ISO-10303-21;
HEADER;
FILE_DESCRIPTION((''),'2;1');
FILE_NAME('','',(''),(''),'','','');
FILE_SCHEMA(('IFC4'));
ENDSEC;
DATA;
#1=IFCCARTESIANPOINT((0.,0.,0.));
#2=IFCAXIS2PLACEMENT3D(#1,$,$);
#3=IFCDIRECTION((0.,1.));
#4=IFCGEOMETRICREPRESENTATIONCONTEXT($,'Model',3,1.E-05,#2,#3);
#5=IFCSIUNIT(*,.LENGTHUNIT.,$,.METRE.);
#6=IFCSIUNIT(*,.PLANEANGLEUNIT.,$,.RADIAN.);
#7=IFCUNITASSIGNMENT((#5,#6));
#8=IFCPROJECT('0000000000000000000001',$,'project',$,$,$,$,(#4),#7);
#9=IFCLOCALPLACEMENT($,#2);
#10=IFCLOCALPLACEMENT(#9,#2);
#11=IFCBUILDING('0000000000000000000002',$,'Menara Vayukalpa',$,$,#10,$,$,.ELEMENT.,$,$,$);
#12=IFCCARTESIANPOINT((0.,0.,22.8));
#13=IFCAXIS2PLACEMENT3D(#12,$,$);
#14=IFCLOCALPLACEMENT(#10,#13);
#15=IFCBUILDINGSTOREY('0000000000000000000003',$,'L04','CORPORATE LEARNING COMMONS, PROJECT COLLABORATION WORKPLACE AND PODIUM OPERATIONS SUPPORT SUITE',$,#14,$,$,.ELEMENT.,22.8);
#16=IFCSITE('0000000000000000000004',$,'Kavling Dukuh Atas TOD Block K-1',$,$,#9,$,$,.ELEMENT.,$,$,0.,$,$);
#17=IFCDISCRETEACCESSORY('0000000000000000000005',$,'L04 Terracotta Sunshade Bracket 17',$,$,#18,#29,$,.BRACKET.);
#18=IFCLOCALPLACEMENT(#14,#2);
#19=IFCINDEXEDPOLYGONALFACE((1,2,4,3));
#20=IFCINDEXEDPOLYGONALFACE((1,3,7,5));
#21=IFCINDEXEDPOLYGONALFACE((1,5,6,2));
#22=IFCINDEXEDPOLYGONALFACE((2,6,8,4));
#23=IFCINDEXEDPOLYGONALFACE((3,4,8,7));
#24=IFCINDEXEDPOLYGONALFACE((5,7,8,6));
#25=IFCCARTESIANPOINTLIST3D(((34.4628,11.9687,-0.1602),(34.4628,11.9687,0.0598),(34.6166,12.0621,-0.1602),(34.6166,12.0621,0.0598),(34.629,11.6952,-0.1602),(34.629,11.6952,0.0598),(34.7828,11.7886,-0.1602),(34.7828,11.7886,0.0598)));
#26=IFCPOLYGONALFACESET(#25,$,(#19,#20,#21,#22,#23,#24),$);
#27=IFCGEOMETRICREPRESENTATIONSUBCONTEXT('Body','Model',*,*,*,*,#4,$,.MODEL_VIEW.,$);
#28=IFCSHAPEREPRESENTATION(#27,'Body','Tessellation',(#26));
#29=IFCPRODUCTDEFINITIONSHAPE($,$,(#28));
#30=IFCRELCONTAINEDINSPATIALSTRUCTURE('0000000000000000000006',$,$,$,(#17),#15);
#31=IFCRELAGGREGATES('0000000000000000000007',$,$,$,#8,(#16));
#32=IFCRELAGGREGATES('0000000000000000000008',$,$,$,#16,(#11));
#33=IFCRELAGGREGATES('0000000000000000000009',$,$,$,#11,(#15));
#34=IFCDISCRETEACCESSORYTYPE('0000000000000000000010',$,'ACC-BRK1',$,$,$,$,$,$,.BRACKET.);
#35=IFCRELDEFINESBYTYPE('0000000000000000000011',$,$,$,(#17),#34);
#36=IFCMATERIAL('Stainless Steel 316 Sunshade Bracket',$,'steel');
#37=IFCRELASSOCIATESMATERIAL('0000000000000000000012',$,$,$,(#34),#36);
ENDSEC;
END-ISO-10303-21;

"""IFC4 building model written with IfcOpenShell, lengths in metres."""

from ifc_helpers import new_model, si_unit, direction, frame, origin, origin_2d, place, context, subcontext, project, spatial, rectangle, extrude, material, type_object, element, save


model = new_model("IFC4")

# Units and contexts
model_context = context("Model", 3, precision=1e-05, world=origin(), true_north=direction((0.0, 1.0)))
body_context = subcontext(model_context, "Body", "Model", "MODEL_VIEW")
ifc_project = project(units=[si_unit("LENGTHUNIT", "METRE"), si_unit("PLANEANGLEUNIT", "RADIAN")], contexts=[model_context])

# Site, building, storey
site_placement = place(None, origin())
site = spatial("IfcSite", under=ifc_project, at=site_placement, Name="Kavling Dukuh Atas TOD Block K-1", CompositionType="ELEMENT", RefElevation=0.0)
building_placement = place(site_placement, origin())
building = spatial("IfcBuilding", under=site, at=building_placement, Name="Menara Vayukalpa", CompositionType="ELEMENT")
storey_placement = place(building_placement, frame((0.0, 0.0, 22.8)))
storey = spatial("IfcBuildingStorey", under=building, at=storey_placement, Name="L04", Description="CORPORATE LEARNING COMMONS, PROJECT COLLABORATION WORKPLACE AND PODIUM OPERATIONS SUPPORT SUITE", CompositionType="ELEMENT", Elevation=22.8)

# Discrete accessory
ifc_material_1 = material(Name="Stainless Steel 316 Sunshade Bracket", Category="steel")
discrete_accessory_type = type_object("IfcDiscreteAccessoryType", Name="ACC-BRK1", PredefinedType="BRACKET", material=ifc_material_1)
discrete_accessory_placement = place(storey_placement, frame((34.6228, 11.8787, -0.1602), z_axis=(0.0, 0.0, 1.0), x_axis=(0.854667, 0.519176, 0.0)))
element("IfcDiscreteAccessory", 1, at=discrete_accessory_placement, inside=storey, type_object=discrete_accessory_type, Name="L04 Terracotta Sunshade Bracket 17", PredefinedType="BRACKET", context=body_context, shape_type="SweptSolid", body=[
    extrude(rectangle(XDim=0.1799, YDim=0.3201, at=origin_2d()), origin(), (0.0, 0.0, 1.0), 0.22),
])

save(model, "model.ifc")
